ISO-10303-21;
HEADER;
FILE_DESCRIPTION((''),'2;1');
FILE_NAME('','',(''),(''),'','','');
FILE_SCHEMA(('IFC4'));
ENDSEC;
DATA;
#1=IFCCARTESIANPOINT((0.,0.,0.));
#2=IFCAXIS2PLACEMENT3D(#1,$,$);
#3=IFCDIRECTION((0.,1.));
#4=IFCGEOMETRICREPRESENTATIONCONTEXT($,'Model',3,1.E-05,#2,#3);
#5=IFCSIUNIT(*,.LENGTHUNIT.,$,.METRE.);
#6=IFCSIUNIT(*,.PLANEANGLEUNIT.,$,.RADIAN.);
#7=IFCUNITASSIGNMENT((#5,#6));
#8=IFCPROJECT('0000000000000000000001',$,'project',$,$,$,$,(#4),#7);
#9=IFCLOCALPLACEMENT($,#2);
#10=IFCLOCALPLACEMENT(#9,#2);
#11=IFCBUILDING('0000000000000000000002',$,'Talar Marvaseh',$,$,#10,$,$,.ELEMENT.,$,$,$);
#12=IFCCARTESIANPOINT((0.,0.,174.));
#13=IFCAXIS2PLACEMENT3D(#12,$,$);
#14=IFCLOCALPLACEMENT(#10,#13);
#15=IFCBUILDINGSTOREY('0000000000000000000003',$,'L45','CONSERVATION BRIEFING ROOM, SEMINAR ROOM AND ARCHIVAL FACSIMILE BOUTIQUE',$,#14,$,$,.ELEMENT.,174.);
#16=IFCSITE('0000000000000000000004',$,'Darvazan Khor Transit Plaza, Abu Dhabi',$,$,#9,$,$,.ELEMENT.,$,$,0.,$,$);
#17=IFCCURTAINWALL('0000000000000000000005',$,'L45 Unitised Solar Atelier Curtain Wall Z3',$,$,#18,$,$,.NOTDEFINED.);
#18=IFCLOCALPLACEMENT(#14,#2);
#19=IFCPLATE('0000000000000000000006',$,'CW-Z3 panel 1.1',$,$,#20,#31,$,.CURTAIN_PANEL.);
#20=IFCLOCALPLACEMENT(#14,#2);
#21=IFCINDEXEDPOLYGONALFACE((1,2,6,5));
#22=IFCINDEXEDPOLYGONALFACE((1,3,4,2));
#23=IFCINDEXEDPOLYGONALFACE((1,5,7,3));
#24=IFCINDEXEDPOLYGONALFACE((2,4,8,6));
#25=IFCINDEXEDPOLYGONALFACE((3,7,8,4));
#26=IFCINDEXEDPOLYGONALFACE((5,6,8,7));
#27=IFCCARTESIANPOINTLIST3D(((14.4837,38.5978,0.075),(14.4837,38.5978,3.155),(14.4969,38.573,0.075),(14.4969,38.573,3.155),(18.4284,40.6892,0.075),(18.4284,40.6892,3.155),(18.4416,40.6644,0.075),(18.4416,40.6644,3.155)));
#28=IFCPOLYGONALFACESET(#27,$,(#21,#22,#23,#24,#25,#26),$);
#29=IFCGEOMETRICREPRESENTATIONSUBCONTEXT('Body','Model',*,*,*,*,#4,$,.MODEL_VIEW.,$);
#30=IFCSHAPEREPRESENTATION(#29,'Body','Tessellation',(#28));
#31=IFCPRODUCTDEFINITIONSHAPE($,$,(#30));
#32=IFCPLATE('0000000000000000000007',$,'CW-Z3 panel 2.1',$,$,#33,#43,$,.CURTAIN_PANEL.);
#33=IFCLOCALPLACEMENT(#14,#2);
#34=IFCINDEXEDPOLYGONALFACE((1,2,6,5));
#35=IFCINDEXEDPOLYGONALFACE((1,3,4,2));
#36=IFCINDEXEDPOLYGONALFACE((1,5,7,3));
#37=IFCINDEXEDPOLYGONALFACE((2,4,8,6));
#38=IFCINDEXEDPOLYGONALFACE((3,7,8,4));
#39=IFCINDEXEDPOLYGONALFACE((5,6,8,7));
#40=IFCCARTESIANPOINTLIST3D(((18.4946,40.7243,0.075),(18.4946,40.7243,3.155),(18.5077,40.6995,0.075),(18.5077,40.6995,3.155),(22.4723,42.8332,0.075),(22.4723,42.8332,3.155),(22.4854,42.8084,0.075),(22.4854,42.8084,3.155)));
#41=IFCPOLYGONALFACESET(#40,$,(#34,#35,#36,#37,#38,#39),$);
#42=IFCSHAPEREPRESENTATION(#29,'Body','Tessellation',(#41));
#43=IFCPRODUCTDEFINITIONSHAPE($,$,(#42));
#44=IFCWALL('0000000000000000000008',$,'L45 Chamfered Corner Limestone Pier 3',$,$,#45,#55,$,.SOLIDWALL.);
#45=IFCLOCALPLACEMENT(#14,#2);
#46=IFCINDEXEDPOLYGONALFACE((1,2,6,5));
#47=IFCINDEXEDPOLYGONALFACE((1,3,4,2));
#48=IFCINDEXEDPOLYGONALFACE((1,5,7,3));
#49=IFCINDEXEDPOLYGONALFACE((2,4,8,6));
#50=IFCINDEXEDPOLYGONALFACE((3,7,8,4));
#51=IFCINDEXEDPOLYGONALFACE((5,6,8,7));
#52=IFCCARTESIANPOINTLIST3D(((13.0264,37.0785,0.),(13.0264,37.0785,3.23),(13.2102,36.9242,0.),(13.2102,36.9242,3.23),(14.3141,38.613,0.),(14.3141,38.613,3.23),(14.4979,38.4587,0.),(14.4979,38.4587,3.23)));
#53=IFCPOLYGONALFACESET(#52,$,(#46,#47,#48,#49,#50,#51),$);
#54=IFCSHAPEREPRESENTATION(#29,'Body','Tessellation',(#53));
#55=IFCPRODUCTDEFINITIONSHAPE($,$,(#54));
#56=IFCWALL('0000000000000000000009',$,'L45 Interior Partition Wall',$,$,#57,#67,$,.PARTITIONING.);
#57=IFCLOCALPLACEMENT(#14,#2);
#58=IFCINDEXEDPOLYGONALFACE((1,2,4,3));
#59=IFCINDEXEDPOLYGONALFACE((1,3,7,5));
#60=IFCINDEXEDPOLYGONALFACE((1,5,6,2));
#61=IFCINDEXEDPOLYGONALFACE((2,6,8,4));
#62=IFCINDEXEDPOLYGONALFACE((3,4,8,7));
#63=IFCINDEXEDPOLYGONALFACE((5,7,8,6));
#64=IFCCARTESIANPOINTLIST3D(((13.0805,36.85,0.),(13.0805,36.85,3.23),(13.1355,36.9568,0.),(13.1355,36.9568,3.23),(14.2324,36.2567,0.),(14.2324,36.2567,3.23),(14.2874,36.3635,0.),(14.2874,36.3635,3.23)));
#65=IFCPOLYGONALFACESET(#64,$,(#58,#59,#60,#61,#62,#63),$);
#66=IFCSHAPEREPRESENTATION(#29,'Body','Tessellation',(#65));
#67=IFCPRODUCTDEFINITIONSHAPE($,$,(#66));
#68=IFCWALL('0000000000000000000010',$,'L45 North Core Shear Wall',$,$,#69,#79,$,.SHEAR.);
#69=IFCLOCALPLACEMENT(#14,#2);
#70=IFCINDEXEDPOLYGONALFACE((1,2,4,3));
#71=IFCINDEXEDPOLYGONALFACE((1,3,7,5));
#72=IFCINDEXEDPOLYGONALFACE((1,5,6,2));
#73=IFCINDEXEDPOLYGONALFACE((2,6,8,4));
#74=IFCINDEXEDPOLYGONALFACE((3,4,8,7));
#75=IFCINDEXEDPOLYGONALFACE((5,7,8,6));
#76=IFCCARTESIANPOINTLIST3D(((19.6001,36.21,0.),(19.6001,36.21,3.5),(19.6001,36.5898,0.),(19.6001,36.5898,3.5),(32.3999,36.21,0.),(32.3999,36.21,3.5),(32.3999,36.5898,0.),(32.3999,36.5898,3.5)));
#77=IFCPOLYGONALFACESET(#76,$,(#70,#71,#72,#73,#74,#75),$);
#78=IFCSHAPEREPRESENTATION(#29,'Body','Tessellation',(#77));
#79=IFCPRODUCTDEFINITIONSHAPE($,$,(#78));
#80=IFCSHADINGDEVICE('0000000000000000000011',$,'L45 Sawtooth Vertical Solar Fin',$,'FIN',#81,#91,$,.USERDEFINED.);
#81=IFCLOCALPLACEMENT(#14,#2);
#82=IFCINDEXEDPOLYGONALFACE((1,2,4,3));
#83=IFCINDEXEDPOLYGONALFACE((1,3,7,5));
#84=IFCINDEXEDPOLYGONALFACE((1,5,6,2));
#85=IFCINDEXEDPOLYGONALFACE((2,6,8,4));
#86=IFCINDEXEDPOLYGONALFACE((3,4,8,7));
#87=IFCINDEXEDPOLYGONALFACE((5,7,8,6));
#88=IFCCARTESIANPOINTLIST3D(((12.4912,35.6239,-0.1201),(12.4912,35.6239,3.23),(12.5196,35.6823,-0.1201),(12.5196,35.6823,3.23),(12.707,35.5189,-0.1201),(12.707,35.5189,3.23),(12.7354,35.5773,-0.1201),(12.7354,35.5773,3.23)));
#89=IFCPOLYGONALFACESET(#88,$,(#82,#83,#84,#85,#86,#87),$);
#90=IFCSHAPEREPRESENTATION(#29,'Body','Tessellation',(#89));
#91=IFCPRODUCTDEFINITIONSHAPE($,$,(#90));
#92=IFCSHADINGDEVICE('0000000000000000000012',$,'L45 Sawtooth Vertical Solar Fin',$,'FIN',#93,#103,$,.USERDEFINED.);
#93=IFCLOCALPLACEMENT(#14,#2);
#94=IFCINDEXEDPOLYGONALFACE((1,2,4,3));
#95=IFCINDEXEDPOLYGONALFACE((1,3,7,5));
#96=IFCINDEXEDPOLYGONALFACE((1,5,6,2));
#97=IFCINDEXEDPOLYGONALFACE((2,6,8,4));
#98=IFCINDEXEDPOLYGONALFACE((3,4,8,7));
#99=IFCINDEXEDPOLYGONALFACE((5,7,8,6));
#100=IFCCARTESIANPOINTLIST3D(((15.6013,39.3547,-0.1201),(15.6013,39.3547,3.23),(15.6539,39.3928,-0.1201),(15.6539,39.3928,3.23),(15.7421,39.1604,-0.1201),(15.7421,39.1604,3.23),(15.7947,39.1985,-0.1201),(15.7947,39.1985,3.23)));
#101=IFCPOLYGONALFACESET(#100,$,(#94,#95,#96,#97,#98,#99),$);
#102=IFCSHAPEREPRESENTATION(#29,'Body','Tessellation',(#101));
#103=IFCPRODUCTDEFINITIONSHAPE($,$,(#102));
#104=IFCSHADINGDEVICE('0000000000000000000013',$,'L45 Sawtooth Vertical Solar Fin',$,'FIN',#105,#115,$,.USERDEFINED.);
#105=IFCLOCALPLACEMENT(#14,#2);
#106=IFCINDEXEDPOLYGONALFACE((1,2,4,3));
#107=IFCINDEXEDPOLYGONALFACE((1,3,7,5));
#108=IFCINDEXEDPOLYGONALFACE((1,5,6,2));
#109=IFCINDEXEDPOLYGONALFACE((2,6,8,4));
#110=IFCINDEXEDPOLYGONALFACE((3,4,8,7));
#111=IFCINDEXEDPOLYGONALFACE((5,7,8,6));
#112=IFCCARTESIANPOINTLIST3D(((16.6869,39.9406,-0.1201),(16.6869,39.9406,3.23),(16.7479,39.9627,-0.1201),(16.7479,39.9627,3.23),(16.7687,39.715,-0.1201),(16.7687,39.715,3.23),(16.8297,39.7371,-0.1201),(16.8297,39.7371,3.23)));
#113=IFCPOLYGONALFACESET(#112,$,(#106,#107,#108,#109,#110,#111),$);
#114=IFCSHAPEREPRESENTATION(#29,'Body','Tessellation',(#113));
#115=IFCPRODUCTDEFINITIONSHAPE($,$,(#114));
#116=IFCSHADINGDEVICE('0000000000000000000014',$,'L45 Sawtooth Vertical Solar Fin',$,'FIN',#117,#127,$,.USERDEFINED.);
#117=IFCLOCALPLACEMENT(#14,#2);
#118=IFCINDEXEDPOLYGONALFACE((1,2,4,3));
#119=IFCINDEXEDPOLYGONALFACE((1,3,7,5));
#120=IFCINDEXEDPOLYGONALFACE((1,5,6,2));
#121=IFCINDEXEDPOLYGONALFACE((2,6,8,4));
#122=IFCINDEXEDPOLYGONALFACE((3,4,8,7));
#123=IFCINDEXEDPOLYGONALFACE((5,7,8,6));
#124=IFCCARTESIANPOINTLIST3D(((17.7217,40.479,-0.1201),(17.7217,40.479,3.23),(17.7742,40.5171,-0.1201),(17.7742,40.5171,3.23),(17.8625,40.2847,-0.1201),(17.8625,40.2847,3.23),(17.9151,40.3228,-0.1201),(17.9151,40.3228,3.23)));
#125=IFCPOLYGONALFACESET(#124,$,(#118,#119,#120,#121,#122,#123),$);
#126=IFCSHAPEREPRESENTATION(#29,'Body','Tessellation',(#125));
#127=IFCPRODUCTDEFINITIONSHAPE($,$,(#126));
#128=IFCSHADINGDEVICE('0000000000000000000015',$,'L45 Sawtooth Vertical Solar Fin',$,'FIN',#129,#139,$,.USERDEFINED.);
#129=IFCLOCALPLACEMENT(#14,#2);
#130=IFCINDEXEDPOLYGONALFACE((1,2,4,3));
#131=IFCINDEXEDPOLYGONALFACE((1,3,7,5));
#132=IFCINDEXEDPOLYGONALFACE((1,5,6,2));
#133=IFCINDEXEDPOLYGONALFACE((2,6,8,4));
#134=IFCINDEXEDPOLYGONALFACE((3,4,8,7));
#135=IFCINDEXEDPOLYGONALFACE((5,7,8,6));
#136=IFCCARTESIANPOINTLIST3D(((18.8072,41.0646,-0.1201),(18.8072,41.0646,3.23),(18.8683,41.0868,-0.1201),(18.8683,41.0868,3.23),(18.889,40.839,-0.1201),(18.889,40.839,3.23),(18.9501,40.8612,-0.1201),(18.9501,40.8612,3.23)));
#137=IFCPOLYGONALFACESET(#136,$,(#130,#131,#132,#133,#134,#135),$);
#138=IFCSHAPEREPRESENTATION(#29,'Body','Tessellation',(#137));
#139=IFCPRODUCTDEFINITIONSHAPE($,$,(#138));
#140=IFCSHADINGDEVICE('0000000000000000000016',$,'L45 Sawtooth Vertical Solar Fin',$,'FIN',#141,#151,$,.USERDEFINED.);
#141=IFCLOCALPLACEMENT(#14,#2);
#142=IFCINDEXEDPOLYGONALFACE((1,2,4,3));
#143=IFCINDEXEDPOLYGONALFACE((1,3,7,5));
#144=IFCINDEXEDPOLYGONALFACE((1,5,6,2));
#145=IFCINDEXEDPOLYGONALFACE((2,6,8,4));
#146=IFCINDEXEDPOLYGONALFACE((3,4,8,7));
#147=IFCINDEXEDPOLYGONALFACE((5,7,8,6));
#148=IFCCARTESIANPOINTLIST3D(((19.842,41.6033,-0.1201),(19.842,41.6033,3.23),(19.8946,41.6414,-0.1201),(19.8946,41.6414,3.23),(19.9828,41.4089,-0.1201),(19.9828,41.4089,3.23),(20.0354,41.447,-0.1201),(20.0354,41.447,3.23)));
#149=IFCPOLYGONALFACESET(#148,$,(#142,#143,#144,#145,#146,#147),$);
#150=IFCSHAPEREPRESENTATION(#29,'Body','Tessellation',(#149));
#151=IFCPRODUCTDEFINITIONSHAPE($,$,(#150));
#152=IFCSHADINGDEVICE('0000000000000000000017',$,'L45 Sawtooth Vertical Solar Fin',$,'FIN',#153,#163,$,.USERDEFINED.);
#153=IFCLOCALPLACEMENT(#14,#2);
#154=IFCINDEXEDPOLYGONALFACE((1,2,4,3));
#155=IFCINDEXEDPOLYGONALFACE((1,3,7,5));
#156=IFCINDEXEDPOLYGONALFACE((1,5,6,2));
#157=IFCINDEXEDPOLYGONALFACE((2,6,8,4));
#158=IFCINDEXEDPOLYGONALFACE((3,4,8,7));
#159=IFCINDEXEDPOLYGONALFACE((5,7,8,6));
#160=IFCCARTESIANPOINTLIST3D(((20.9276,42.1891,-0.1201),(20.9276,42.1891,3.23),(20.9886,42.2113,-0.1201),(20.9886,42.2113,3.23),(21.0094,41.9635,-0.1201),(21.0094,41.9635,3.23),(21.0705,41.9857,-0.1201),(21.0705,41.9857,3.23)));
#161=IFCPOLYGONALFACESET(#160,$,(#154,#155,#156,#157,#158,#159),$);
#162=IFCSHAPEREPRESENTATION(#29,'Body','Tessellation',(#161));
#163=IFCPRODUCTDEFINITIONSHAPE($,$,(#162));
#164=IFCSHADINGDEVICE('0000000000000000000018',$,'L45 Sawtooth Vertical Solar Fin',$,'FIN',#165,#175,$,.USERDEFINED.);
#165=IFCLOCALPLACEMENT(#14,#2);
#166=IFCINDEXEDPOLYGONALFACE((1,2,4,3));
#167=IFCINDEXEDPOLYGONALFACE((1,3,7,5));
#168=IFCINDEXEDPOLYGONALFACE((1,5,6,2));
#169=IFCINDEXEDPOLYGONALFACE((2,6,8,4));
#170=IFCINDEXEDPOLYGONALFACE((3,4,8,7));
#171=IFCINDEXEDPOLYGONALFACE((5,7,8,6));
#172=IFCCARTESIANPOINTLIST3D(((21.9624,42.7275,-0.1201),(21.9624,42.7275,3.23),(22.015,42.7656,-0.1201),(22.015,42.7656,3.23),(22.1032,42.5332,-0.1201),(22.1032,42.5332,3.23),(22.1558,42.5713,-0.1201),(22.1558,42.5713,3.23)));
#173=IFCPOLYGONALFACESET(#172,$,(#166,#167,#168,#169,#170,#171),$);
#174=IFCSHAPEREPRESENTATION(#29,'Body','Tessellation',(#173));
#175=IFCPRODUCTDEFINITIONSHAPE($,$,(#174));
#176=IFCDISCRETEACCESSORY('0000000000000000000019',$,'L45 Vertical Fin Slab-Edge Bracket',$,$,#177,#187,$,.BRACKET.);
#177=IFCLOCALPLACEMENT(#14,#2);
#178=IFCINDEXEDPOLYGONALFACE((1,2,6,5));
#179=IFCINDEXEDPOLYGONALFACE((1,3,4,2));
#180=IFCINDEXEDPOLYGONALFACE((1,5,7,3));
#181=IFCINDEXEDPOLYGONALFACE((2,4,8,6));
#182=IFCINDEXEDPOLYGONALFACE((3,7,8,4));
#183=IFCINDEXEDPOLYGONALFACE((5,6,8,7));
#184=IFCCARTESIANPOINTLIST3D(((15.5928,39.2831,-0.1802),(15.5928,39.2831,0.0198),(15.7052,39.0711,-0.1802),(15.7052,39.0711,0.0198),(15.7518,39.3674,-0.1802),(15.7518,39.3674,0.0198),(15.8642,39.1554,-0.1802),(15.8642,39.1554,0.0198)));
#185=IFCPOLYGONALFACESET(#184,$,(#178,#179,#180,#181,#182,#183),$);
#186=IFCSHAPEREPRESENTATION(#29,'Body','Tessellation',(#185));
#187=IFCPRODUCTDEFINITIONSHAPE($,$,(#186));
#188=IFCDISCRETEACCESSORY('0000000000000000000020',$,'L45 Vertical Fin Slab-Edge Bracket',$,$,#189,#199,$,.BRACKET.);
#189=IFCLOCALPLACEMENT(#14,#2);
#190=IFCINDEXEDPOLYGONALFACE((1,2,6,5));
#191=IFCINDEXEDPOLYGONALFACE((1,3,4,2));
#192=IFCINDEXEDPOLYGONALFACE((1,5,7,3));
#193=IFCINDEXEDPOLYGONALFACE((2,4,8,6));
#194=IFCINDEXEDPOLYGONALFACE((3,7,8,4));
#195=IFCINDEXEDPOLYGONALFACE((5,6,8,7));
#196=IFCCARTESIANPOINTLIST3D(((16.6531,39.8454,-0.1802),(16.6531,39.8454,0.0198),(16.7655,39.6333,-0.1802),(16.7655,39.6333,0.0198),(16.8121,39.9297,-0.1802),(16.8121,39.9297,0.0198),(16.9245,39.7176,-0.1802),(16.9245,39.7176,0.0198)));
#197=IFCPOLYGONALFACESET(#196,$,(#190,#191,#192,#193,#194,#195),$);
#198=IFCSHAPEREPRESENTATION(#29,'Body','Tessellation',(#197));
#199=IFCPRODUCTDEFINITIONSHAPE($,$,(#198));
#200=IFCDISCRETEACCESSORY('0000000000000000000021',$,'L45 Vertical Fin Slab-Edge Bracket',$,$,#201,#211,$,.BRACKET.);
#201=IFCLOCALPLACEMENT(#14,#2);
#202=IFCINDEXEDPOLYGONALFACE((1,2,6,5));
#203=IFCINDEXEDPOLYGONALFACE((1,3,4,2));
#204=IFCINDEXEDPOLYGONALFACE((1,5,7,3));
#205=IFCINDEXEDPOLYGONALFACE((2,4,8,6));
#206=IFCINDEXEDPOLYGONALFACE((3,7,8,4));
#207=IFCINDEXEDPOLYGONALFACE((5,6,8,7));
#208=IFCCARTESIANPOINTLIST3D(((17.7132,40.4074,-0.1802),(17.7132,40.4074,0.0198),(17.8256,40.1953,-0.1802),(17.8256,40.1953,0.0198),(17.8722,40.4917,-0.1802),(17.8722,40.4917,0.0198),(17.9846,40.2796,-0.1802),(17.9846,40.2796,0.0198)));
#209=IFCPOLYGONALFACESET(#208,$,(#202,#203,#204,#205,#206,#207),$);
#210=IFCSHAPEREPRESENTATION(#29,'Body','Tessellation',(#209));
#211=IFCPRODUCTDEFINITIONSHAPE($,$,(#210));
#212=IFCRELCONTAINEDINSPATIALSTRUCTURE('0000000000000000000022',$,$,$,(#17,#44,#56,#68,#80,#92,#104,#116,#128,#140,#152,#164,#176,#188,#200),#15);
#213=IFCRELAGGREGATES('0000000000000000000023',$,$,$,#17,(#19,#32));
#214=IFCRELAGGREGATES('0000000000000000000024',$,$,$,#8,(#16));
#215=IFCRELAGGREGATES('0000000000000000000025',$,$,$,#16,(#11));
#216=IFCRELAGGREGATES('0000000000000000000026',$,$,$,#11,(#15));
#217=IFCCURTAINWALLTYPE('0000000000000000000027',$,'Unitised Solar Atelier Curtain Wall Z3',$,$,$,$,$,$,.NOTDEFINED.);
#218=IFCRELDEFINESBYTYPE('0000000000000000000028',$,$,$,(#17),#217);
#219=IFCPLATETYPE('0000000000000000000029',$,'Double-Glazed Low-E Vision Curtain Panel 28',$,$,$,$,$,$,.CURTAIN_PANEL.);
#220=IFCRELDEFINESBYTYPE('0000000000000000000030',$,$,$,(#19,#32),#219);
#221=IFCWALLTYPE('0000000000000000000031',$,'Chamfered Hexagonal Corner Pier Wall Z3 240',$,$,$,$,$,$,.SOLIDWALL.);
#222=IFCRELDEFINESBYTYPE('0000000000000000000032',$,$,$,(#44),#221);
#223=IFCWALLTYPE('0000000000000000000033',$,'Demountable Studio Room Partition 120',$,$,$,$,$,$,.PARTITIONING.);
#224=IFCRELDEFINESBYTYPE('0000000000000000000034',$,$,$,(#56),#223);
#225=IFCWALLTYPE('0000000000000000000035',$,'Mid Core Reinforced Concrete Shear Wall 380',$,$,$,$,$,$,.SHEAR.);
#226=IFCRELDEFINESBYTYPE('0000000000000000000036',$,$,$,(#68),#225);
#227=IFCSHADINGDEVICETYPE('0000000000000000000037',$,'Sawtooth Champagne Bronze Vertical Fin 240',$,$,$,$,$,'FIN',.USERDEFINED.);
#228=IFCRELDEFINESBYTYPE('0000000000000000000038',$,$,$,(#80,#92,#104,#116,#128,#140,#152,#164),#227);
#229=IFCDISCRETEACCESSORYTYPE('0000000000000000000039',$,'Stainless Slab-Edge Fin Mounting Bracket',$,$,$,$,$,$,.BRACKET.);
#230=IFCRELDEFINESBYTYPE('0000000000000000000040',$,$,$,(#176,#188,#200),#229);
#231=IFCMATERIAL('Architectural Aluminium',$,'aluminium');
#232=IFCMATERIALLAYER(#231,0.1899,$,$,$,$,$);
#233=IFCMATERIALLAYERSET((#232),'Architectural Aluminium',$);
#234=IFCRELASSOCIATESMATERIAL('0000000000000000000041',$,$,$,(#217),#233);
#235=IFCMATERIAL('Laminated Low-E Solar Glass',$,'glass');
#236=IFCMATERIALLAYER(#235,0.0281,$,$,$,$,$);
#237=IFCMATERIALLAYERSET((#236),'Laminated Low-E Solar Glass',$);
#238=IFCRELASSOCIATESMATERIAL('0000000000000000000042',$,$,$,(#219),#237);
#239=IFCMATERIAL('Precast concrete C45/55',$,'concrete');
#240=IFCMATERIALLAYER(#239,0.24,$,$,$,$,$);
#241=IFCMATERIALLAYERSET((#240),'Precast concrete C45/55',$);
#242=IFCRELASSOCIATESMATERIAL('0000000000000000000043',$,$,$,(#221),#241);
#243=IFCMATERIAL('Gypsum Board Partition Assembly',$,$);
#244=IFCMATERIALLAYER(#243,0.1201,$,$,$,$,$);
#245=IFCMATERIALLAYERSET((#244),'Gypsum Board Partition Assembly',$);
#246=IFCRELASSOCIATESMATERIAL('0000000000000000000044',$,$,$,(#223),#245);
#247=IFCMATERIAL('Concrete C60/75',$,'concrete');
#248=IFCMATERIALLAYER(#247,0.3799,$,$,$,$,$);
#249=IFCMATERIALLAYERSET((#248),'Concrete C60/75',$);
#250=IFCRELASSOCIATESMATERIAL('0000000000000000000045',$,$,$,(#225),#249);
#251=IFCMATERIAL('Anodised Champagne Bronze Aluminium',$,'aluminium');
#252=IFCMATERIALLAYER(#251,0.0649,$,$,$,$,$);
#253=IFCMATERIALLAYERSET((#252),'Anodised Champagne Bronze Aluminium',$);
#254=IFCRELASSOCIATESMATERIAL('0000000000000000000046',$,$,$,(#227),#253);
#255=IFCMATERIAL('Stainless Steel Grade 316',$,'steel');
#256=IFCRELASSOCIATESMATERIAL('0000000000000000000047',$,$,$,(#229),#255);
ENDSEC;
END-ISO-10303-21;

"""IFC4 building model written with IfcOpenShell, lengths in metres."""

from ifc_helpers import new_model, si_unit, direction, frame, frame_2d, origin, origin_2d, place, context, subcontext, project, spatial, rectangle, extrude, source, transform, mapped, material, layer, layer_set, type_object, type_shapes, element, aggregate, save


model = new_model("IFC4")

# Units and contexts
model_context = context("Model", 3, precision=1e-05, world=origin(), true_north=direction((0.0, 1.0)))
body_context = subcontext(model_context, "Body", "Model", "MODEL_VIEW")
ifc_project = project(units=[si_unit("LENGTHUNIT", "METRE"), si_unit("PLANEANGLEUNIT", "RADIAN")], contexts=[model_context])

# Site, building, storey
site_placement = place(None, origin())
site = spatial("IfcSite", under=ifc_project, at=site_placement, Name="Darvazan Khor Transit Plaza, Abu Dhabi", CompositionType="ELEMENT", RefElevation=0.0)
building_placement = place(site_placement, origin())
building = spatial("IfcBuilding", under=site, at=building_placement, Name="Talar Marvaseh", CompositionType="ELEMENT")
storey_placement = place(building_placement, frame((0.0, 0.0, 174.0)))
storey = spatial("IfcBuildingStorey", under=building, at=storey_placement, Name="L45", Description="CONSERVATION BRIEFING ROOM, SEMINAR ROOM AND ARCHIVAL FACSIMILE BOUTIQUE", CompositionType="ELEMENT", Elevation=174.0)

# Shared definitions
ifc_material_1 = material(Name="Concrete C60/75", Category="concrete")

# Shared definitions
ifc_material_2 = material(Name="Architectural Aluminium", Category="aluminium")
ifc_layer_1 = layer(ifc_material_2, 0.1899)
ifc_layer_set_1 = layer_set([ifc_layer_1], Name="Architectural Aluminium")
curtain_wall_type = type_object("IfcCurtainWallType", Name="Unitised Solar Atelier Curtain Wall Z3", PredefinedType="NOTDEFINED", material=ifc_layer_set_1)

# Curtain wall, plates
curtain_wall_1_placement = place(storey_placement, origin())
curtain_wall_1 = element("IfcCurtainWall", 1, at=curtain_wall_1_placement, inside=storey, type_object=curtain_wall_type, Name="L45 Unitised Solar Atelier Curtain Wall Z3", PredefinedType="NOTDEFINED")
ifc_material_3 = material(Name="Laminated Low-E Solar Glass", Category="glass")
ifc_layer_2 = layer(ifc_material_3, 0.0281)
ifc_layer_set_2 = layer_set([ifc_layer_2], Name="Laminated Low-E Solar Glass")
plate_type = type_object("IfcPlateType", Name="Double-Glazed Low-E Vision Curtain Panel 28", PredefinedType="CURTAIN_PANEL", material=ifc_layer_set_2)
shared_shape_1 = source(origin(), body_context, "Body", "SweptSolid", [
    extrude(rectangle(XDim=4.4648, YDim=0.0281, at=origin_2d()), origin(), (0.0, 0.0, 1.0), 3.0801),
])
plate_1_placement = place(storey_placement, frame((16.4626, 39.6311, 0.075), z_axis=(0.0, 0.0, 1.0), x_axis=(0.883502, 0.468427, 0.0)))
plate_1 = element("IfcPlate", 2, at=plate_1_placement, type_object=plate_type, Name="CW-Z3 panel 1.1", PredefinedType="CURTAIN_PANEL", context=body_context, shape_type="MappedRepresentation", body=[
    mapped(shared_shape_1, transform((0.0, 0.0, 0.0), x_axis=(1.0, 0.0, 0.0), y_axis=(0.0, 1.0, 0.0), z_axis=(0.0, 0.0, 1.0), scale=1.0)),
])
shared_shape_2 = source(origin(), body_context, "Body", "SweptSolid", [
    extrude(rectangle(XDim=4.5022, YDim=0.0281, at=origin_2d()), origin(), (0.0, 0.0, 1.0), 3.0801),
])
type_shapes(plate_type, [shared_shape_1, shared_shape_2])
plate_2_placement = place(storey_placement, frame((20.49, 41.7664, 0.075), z_axis=(0.0, 0.0, 1.0), x_axis=(0.883502, 0.468427, 0.0)))
plate_2 = element("IfcPlate", 3, at=plate_2_placement, type_object=plate_type, Name="CW-Z3 panel 2.1", PredefinedType="CURTAIN_PANEL", context=body_context, shape_type="MappedRepresentation", body=[
    mapped(shared_shape_2, transform((0.0, 0.0, 0.0), x_axis=(1.0, 0.0, 0.0), y_axis=(0.0, 1.0, 0.0), z_axis=(0.0, 0.0, 1.0), scale=1.0)),
])
aggregate(curtain_wall_1, [plate_1, plate_2])

# Walls
ifc_material_4 = material(Name="Precast concrete C45/55", Category="concrete")
ifc_layer_3 = layer(ifc_material_4, 0.24)
ifc_layer_set_3 = layer_set([ifc_layer_3], Name="Precast concrete C45/55")
wall_type_1 = type_object("IfcWallType", Name="Chamfered Hexagonal Corner Pier Wall Z3 240", PredefinedType="SOLIDWALL", material=ifc_layer_set_3)
wall_1_placement = place(storey_placement, frame((13.1184, 37.0015, 0.0), z_axis=(0.0, 0.0, 1.0), x_axis=(0.642806, 0.766029, 0.0)))
element("IfcWall", 4, at=wall_1_placement, inside=storey, type_object=wall_type_1, Name="L45 Chamfered Corner Limestone Pier 3", PredefinedType="SOLIDWALL", context=body_context, shape_type="SweptSolid", body=[
    extrude(rectangle(XDim=2.0032, YDim=0.24, at=frame_2d((1.0015, 0.0))), origin(), (0.0, 0.0, 1.0), 3.23),
])
ifc_material_5 = material(Name="Gypsum Board Partition Assembly")
ifc_layer_4 = layer(ifc_material_5, 0.1201)
ifc_layer_set_4 = layer_set([ifc_layer_4], Name="Gypsum Board Partition Assembly")
wall_type_2 = type_object("IfcWallType", Name="Demountable Studio Room Partition 120", PredefinedType="PARTITIONING", material=ifc_layer_set_4)
wall_2_placement = place(storey_placement, frame((14.26, 36.3101, 0.0), z_axis=(0.0, 0.0, 1.0), x_axis=(-0.889012, 0.457884, 0.0)))
element("IfcWall", 5, at=wall_2_placement, inside=storey, type_object=wall_type_2, Name="L45 Interior Partition Wall", PredefinedType="PARTITIONING", context=body_context, shape_type="SweptSolid", body=[
    extrude(rectangle(XDim=1.2957, YDim=0.1201, at=frame_2d((0.6479, 0.0))), origin(), (0.0, 0.0, 1.0), 3.23),
])
ifc_layer_5 = layer(ifc_material_1, 0.3799)
ifc_layer_set_5 = layer_set([ifc_layer_5], Name="Concrete C60/75")
wall_type_3 = type_object("IfcWallType", Name="Mid Core Reinforced Concrete Shear Wall 380", PredefinedType="SHEAR", material=ifc_layer_set_5)
wall_3_placement = place(storey_placement, frame((19.6001, 36.3999, 0.0), z_axis=(0.0, 0.0, 1.0), x_axis=(1.0, 0.0, 0.0)))
element("IfcWall", 6, at=wall_3_placement, inside=storey, type_object=wall_type_3, Name="L45 North Core Shear Wall", PredefinedType="SHEAR", context=body_context, shape_type="SweptSolid", body=[
    extrude(rectangle(XDim=12.7998, YDim=0.3799, at=frame_2d((6.3999, 0.0))), origin(), (0.0, 0.0, 1.0), 3.5),
])

# Shading devices
ifc_material_6 = material(Name="Anodised Champagne Bronze Aluminium", Category="aluminium")
ifc_layer_6 = layer(ifc_material_6, 0.0649)
ifc_layer_set_6 = layer_set([ifc_layer_6], Name="Anodised Champagne Bronze Aluminium")
shading_device_type = type_object("IfcShadingDeviceType", Name="Sawtooth Champagne Bronze Vertical Fin 240", ElementType="FIN", PredefinedType="USERDEFINED", material=ifc_layer_set_6)
shared_shape_3 = source(origin(), body_context, "Body", "SweptSolid", [
    extrude(rectangle(XDim=0.24, YDim=0.0649, at=origin_2d()), origin(), (0.0, 0.0, 1.0), 3.3501),
])
type_shapes(shading_device_type, [shared_shape_3])
for number, where, z_axis, x_axis, name in (
    (7, (12.6133, 35.6006, -0.1201), (0.0, 0.0, 1.0), (-0.899329, 0.437273, 0.0), "L45 Sawtooth Vertical Solar Fin"),
    (8, (15.698, 39.2766, -0.1201), (0.0, 0.0, 1.0), (-0.586796, 0.809735, 0.0), "L45 Sawtooth Vertical Solar Fin"),
    (9, (16.7583, 39.8389, -0.1201), (0.0, 0.0, 1.0), (-0.340872, 0.94011, 0.0), "L45 Sawtooth Vertical Solar Fin"),
    (10, (17.8184, 40.4009, -0.1201), (0.0, 0.0, 1.0), (-0.586796, 0.809735, 0.0), "L45 Sawtooth Vertical Solar Fin"),
    (11, (18.8787, 40.9629, -0.1201), (0.0, 0.0, 1.0), (-0.340872, 0.94011, 0.0), "L45 Sawtooth Vertical Solar Fin"),
    (12, (19.9387, 41.5251, -0.1201), (0.0, 0.0, 1.0), (-0.586796, 0.809735, 0.0), "L45 Sawtooth Vertical Solar Fin"),
    (13, (20.999, 42.0874, -0.1201), (0.0, 0.0, 1.0), (-0.340872, 0.94011, 0.0), "L45 Sawtooth Vertical Solar Fin"),
    (14, (22.0591, 42.6494, -0.1201), (0.0, 0.0, 1.0), (-0.586796, 0.809735, 0.0), "L45 Sawtooth Vertical Solar Fin"),
):
    element("IfcShadingDevice", number, at=place(storey_placement, frame(where, z_axis=z_axis, x_axis=x_axis)), inside=storey, type_object=shading_device_type, Name=name, ObjectType="FIN", PredefinedType="USERDEFINED", context=body_context, shape_type="MappedRepresentation", body=[
        mapped(shared_shape_3, transform((0.0, 0.0, 0.0), x_axis=(1.0, 0.0, 0.0), y_axis=(0.0, 1.0, 0.0), z_axis=(0.0, 0.0, 1.0), scale=1.0)),
    ])

# Discrete accessories
ifc_material_7 = material(Name="Stainless Steel Grade 316", Category="steel")
discrete_accessory_type = type_object("IfcDiscreteAccessoryType", Name="Stainless Slab-Edge Fin Mounting Bracket", PredefinedType="BRACKET", material=ifc_material_7)
shared_shape_4 = source(origin(), body_context, "Body", "SweptSolid", [
    extrude(rectangle(XDim=0.24, YDim=0.1799, at=origin_2d()), origin(), (0.0, 0.0, 1.0), 0.2),
])
type_shapes(discrete_accessory_type, [shared_shape_4])
for number, where, z_axis, x_axis, name in (
    (15, (15.7285, 39.2192, -0.1802), (0.0, 0.0, 1.0), (-0.468392, 0.883521, 0.0), "L45 Vertical Fin Slab-Edge Bracket"),
    (16, (16.7888, 39.7815, -0.1802), (0.0, 0.0, 1.0), (-0.468392, 0.883521, 0.0), "L45 Vertical Fin Slab-Edge Bracket"),
    (17, (17.8489, 40.3435, -0.1802), (0.0, 0.0, 1.0), (-0.468392, 0.883521, 0.0), "L45 Vertical Fin Slab-Edge Bracket"),
):
    element("IfcDiscreteAccessory", number, at=place(storey_placement, frame(where, z_axis=z_axis, x_axis=x_axis)), inside=storey, type_object=discrete_accessory_type, Name=name, PredefinedType="BRACKET", context=body_context, shape_type="MappedRepresentation", body=[
        mapped(shared_shape_4, transform((0.0, 0.0, 0.0), x_axis=(1.0, 0.0, 0.0), y_axis=(0.0, 1.0, 0.0), z_axis=(0.0, 0.0, 1.0), scale=1.0)),
    ])

save(model, "model.ifc")
